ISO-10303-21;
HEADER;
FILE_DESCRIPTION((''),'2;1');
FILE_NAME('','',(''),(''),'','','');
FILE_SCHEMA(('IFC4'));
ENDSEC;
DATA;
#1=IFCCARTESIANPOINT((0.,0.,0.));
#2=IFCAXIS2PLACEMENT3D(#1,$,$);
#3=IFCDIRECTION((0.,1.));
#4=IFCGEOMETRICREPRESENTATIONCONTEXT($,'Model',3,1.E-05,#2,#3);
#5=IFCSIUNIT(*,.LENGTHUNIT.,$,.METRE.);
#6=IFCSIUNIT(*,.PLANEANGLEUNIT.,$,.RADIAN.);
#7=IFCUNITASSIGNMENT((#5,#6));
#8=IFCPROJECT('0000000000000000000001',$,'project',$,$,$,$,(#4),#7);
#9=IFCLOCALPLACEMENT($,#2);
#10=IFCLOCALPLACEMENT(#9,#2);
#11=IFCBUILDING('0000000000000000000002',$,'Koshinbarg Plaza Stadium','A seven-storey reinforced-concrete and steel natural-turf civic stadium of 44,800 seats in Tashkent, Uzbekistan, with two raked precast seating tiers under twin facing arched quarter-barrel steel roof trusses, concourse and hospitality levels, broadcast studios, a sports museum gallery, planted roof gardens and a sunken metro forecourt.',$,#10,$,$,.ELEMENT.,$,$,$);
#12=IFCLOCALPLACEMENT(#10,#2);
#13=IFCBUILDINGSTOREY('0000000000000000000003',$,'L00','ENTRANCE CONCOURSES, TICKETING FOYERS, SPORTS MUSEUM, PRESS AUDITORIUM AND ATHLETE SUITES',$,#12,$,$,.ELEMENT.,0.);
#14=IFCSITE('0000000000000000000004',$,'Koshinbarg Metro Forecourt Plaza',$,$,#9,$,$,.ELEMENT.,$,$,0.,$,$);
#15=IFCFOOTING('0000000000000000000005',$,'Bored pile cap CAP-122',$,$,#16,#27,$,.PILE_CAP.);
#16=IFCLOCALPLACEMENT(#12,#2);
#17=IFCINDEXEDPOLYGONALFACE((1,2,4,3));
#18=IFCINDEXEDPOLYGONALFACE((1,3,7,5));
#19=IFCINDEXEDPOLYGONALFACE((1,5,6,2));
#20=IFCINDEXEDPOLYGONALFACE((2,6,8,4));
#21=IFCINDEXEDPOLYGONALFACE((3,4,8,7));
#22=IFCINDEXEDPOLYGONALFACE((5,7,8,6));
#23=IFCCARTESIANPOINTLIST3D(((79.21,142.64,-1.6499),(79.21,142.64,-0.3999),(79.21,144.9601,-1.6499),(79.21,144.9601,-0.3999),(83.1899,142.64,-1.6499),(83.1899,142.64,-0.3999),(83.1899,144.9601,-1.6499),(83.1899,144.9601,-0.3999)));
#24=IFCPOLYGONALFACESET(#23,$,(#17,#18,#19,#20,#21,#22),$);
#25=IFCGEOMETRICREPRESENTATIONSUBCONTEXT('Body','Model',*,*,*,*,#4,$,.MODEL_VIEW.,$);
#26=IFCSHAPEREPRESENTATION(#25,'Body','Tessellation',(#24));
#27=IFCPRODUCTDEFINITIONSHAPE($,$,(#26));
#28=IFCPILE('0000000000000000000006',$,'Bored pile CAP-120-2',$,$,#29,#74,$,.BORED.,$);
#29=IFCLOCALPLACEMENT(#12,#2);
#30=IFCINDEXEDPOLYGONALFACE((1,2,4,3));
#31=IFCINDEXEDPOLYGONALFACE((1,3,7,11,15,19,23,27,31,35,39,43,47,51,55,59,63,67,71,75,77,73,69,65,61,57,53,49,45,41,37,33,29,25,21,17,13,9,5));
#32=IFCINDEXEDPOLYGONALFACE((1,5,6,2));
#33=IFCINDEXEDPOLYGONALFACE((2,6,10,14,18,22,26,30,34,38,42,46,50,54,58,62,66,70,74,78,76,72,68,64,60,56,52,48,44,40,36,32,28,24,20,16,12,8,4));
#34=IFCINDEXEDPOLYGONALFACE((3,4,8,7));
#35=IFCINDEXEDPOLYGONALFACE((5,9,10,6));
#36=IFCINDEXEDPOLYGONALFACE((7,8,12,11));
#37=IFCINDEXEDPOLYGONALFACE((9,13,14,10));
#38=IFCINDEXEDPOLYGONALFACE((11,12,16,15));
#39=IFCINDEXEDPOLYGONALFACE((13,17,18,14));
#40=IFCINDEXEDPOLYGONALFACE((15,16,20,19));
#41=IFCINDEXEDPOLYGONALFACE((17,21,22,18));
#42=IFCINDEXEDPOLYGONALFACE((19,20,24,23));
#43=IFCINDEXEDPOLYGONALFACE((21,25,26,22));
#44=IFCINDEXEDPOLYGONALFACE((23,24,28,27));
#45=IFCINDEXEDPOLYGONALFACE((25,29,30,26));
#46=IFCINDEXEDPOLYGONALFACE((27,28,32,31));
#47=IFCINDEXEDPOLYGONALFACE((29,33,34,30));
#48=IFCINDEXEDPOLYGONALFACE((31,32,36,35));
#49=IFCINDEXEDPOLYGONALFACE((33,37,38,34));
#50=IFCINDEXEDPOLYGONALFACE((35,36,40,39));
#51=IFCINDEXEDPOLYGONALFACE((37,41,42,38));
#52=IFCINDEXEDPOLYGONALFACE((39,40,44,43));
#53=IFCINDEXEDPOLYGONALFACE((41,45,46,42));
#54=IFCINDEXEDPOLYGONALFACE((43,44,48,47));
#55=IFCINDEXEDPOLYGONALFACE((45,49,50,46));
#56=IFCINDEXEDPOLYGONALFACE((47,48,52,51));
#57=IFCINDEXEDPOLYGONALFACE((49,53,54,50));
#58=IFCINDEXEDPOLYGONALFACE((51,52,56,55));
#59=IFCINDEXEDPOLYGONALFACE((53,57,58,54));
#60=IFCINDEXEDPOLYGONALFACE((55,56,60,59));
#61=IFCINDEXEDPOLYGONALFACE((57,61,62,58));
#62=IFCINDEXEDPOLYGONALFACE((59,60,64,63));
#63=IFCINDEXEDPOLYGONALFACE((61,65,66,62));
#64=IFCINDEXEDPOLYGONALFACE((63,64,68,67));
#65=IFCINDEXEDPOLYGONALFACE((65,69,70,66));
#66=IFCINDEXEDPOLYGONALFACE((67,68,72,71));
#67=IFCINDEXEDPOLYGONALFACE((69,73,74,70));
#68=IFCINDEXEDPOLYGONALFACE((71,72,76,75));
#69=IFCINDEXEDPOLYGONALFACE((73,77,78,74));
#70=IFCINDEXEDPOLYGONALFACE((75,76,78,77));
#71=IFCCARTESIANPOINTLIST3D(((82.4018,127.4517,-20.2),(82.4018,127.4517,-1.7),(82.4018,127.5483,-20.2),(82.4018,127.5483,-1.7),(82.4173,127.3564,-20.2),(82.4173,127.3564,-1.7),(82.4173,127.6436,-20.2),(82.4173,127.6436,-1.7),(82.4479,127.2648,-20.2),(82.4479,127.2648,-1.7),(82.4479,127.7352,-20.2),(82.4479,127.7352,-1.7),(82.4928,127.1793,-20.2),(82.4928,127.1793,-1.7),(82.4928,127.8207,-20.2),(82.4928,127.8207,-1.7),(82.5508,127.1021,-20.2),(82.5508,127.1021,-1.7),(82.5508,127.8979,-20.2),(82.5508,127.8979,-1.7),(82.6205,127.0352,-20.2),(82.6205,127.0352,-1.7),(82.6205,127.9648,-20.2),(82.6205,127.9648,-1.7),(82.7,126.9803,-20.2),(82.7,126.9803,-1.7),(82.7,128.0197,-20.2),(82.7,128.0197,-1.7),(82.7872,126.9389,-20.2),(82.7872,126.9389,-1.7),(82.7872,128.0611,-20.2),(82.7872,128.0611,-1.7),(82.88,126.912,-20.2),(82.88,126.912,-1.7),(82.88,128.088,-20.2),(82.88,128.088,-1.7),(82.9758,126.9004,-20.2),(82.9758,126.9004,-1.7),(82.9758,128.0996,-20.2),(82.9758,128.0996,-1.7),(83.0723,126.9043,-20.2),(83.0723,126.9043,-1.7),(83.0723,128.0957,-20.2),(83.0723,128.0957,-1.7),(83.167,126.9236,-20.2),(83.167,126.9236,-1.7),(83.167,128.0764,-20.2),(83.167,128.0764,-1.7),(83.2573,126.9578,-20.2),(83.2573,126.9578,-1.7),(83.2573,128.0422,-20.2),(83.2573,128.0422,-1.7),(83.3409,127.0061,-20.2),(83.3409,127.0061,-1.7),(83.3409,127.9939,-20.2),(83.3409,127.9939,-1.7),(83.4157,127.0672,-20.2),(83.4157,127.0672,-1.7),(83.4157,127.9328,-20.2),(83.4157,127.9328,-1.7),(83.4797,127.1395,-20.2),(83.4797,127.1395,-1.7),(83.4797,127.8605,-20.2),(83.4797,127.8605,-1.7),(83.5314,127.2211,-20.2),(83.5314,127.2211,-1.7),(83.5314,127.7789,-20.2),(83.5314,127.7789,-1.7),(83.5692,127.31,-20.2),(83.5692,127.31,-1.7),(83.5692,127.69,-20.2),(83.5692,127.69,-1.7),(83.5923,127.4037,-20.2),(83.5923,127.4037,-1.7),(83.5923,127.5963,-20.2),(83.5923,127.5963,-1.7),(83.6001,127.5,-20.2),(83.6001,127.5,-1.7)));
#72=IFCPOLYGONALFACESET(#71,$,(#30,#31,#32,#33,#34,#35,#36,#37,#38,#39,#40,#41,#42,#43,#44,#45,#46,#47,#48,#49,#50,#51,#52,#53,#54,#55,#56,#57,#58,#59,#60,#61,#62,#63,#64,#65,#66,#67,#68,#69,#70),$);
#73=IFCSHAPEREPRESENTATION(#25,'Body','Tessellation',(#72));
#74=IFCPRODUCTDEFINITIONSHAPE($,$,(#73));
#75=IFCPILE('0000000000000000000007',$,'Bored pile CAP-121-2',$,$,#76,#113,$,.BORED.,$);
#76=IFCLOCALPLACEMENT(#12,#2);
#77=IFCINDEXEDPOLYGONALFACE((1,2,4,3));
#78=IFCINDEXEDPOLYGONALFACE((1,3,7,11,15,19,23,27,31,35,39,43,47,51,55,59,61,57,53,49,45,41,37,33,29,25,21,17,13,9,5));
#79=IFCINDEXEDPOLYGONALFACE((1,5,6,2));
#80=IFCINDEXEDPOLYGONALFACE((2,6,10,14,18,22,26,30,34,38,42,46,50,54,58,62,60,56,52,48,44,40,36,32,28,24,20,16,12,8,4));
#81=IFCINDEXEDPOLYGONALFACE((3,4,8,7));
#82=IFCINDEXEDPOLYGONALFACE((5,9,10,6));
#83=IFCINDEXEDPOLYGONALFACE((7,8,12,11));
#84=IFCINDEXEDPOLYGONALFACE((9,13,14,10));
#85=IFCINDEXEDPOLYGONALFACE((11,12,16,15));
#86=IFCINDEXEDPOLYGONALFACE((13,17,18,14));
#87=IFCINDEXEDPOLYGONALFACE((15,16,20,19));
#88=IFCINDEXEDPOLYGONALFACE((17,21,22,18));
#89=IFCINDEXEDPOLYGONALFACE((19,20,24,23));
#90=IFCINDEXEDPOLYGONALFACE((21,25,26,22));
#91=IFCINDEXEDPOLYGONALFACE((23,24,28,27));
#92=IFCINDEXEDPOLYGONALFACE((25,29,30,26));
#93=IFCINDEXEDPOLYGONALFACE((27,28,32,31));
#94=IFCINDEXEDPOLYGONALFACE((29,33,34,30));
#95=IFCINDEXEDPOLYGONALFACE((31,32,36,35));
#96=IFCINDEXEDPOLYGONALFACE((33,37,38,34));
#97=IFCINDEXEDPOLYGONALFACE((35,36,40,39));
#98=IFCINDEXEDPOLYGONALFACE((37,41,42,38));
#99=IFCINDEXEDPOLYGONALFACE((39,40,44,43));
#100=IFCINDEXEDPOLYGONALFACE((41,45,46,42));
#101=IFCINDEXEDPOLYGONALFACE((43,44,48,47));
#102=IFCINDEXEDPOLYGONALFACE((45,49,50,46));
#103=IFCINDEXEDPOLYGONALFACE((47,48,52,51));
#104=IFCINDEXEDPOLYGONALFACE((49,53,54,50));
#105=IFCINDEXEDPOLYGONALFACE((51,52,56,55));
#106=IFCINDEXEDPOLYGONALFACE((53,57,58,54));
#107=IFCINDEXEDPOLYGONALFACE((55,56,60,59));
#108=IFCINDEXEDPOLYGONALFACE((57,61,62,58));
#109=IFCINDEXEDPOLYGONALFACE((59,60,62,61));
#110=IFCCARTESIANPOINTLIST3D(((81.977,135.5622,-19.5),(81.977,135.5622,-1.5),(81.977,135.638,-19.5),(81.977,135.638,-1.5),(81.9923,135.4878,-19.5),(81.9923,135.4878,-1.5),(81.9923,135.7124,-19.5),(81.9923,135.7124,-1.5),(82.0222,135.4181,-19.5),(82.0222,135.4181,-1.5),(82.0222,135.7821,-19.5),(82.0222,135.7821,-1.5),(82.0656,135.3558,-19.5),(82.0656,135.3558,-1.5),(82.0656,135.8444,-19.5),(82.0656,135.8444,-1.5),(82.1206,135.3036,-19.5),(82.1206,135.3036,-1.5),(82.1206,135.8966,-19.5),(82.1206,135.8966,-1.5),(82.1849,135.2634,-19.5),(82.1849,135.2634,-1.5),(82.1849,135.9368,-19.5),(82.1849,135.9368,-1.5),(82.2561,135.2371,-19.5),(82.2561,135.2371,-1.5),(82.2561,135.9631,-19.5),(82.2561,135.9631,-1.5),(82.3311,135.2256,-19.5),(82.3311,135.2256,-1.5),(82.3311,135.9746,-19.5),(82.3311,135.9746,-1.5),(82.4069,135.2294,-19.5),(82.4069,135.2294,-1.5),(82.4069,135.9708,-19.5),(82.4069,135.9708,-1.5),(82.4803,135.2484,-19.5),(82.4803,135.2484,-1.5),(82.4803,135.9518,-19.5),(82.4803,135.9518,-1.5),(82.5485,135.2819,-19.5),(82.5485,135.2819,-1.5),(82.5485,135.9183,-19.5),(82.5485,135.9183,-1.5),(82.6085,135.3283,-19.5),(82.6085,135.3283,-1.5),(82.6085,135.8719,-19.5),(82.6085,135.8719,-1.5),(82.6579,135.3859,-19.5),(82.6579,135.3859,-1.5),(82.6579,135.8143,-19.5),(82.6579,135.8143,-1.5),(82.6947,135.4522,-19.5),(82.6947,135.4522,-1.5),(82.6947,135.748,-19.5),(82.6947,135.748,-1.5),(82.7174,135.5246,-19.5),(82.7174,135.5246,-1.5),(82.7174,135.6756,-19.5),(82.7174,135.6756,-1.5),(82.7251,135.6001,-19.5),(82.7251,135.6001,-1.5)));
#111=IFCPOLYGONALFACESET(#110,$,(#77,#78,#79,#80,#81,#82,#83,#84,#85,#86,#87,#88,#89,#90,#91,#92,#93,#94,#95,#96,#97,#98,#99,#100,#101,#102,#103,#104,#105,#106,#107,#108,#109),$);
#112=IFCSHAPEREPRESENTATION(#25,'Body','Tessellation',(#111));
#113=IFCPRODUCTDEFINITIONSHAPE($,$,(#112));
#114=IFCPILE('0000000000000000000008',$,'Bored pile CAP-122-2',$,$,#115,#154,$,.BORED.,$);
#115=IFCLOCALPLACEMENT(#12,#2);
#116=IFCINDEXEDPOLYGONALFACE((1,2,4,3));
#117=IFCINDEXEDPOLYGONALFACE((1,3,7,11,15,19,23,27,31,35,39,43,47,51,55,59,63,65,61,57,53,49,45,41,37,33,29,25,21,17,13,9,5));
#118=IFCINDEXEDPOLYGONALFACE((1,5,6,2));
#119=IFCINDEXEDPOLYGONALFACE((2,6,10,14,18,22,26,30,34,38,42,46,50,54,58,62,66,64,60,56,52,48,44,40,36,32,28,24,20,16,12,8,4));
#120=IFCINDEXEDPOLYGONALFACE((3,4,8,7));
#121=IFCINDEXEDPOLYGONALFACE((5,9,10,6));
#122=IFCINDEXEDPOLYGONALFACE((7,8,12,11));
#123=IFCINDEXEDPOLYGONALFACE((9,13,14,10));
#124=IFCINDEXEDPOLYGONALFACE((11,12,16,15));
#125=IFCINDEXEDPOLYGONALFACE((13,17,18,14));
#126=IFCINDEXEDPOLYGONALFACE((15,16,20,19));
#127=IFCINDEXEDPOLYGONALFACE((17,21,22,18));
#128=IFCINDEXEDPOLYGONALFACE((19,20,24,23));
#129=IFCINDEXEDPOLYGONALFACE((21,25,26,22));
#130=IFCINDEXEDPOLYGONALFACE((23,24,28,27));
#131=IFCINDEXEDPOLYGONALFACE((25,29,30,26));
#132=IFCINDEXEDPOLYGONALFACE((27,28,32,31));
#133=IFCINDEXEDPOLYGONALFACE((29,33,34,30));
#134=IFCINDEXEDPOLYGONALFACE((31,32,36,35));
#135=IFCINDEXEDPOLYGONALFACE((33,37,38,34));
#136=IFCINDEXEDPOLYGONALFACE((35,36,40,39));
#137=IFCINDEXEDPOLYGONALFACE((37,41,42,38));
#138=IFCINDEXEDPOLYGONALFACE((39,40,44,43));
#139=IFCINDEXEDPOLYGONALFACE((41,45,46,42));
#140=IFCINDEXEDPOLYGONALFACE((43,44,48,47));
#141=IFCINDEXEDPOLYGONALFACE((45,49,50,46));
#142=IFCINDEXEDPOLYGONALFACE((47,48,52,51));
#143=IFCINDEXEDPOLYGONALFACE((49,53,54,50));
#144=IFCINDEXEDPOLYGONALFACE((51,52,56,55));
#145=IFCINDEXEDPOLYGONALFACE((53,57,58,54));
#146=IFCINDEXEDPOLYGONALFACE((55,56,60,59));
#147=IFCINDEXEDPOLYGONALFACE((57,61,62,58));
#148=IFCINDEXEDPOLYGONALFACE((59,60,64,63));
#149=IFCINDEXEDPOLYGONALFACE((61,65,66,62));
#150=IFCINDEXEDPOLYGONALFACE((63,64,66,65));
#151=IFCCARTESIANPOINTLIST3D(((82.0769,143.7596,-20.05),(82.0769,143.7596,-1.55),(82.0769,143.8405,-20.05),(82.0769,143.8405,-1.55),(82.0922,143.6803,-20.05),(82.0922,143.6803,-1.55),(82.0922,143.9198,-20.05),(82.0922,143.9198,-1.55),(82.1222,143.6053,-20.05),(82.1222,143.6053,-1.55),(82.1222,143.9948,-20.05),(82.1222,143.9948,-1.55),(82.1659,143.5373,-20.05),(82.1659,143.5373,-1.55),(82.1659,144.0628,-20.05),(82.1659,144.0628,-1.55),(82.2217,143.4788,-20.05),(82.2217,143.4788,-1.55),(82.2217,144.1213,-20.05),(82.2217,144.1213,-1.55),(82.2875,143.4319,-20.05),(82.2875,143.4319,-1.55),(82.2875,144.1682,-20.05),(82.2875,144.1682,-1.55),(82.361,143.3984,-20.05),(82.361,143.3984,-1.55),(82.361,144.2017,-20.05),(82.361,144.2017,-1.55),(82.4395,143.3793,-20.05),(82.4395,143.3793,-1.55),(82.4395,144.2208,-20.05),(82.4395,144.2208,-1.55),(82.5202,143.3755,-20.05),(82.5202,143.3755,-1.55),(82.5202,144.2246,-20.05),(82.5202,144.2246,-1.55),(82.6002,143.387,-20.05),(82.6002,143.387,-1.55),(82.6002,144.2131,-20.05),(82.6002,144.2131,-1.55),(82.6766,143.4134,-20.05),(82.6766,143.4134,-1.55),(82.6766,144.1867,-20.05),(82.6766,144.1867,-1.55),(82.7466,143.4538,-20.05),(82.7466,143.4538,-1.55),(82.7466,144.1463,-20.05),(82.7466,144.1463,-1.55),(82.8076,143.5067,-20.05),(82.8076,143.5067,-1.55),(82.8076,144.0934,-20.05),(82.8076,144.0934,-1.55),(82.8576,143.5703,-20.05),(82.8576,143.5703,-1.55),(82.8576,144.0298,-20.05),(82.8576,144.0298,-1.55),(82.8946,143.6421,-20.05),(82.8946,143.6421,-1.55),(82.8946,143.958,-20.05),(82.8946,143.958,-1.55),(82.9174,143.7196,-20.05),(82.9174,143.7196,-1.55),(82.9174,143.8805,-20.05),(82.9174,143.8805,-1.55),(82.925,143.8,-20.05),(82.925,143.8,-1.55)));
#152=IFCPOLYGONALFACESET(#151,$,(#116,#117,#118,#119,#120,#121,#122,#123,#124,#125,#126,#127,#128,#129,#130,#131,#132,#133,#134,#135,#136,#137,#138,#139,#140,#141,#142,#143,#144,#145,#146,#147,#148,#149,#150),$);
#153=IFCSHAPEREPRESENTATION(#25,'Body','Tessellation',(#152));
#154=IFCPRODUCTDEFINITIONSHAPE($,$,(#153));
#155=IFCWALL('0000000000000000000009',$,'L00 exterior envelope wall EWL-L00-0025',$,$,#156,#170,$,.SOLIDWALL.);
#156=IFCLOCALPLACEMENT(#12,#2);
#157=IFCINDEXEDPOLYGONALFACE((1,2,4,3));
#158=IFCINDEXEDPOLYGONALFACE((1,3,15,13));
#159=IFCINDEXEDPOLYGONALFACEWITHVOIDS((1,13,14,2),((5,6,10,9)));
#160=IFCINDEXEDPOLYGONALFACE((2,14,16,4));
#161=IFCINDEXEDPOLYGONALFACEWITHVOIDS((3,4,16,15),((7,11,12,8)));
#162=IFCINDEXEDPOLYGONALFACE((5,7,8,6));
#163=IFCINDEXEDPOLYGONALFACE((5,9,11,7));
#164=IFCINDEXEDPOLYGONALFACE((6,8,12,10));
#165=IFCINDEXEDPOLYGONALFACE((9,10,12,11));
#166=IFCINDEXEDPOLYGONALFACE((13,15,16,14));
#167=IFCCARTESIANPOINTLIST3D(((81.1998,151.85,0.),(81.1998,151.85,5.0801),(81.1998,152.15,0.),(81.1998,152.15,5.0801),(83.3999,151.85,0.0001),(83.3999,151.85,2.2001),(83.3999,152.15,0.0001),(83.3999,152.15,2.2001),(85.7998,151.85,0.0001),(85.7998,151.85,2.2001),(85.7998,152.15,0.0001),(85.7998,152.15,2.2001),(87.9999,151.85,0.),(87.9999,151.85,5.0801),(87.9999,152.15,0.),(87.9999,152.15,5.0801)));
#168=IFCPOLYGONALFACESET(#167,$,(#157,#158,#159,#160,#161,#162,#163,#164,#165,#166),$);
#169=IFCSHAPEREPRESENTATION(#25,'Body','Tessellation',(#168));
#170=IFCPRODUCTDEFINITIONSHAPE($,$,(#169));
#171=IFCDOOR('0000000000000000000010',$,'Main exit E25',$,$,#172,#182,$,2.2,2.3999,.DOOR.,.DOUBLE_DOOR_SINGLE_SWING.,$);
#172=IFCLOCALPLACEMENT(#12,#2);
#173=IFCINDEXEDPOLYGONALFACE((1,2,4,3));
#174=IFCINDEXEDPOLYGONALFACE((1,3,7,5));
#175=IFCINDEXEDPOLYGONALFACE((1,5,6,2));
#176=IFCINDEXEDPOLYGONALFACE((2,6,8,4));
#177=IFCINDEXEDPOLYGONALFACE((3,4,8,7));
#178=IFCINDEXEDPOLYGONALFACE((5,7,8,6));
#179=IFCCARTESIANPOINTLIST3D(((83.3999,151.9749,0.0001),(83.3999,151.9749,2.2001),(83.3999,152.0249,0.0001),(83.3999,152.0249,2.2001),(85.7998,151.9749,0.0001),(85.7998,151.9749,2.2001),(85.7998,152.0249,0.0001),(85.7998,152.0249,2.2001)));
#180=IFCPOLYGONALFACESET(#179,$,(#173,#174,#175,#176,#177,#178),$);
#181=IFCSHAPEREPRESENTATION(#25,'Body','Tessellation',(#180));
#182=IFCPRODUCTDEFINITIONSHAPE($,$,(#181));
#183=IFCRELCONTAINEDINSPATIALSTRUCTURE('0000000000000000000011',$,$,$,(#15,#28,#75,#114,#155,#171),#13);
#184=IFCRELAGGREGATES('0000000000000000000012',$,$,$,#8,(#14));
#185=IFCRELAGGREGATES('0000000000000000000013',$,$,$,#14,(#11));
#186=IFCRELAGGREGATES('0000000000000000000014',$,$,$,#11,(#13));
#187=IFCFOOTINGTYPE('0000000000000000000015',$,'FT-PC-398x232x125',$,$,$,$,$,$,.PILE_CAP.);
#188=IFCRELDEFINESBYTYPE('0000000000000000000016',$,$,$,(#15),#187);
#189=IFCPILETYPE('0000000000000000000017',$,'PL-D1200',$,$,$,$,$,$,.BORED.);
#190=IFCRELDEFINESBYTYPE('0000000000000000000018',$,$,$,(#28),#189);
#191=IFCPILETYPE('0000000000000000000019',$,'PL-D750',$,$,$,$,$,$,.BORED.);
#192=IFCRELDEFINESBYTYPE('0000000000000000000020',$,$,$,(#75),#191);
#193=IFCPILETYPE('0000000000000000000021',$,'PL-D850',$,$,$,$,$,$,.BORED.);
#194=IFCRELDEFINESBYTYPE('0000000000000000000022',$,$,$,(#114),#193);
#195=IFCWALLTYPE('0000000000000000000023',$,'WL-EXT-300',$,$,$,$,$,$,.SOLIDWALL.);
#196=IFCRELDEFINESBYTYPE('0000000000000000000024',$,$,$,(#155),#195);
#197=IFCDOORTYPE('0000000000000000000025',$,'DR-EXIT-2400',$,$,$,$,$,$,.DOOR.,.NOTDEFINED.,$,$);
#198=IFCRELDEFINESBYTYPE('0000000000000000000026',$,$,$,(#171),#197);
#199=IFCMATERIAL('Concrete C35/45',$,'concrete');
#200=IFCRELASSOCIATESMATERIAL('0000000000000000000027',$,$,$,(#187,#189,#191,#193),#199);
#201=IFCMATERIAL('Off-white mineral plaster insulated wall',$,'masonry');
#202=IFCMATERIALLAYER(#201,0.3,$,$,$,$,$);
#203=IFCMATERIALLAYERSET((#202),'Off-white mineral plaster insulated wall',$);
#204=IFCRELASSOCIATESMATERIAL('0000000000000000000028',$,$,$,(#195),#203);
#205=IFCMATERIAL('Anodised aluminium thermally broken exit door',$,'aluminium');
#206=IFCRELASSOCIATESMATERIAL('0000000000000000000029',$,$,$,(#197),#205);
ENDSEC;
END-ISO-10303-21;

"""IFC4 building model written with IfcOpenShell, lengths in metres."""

from ifc_helpers import new_model, si_unit, direction, frame, frame_2d, origin, origin_2d, place, context, subcontext, project, spatial, rectangle, circle, extrude, material, layer, layer_set, material_profile, profile_set, type_object, element, fill, save


model = new_model("IFC4")

# Units and contexts
model_context = context("Model", 3, precision=1e-05, world=origin(), true_north=direction((0.0, 1.0)))
body_context = subcontext(model_context, "Body", "Model", "MODEL_VIEW")
ifc_project = project(units=[si_unit("LENGTHUNIT", "METRE"), si_unit("PLANEANGLEUNIT", "RADIAN")], contexts=[model_context])

# Site, building, storey
site_placement = place(None, origin())
site = spatial("IfcSite", under=ifc_project, at=site_placement, Name="Koshinbarg Metro Forecourt Plaza", CompositionType="ELEMENT", RefElevation=0.0)
building_placement = place(site_placement, origin())
building = spatial("IfcBuilding", under=site, at=building_placement, Name="Koshinbarg Plaza Stadium", Description="A seven-storey reinforced-concrete and steel natural-turf civic stadium of 44,800 seats in Tashkent, Uzbekistan, with two raked precast seating tiers under twin facing arched quarter-barrel steel roof trusses, concourse and hospitality levels, broadcast studios, a sports museum gallery, planted roof gardens and a sunken metro forecourt.", CompositionType="ELEMENT")
storey_placement = place(building_placement, origin())
storey = spatial("IfcBuildingStorey", under=building, at=storey_placement, Name="L00", Description="ENTRANCE CONCOURSES, TICKETING FOYERS, SPORTS MUSEUM, PRESS AUDITORIUM AND ATHLETE SUITES", CompositionType="ELEMENT", Elevation=0.0)

# Footing
ifc_material_1 = material(Name="Concrete C35/45", Category="concrete")
footing_type = type_object("IfcFootingType", Name="FT-PC-398x232x125", PredefinedType="PILE_CAP", material=ifc_material_1)
footing_placement = place(storey_placement, frame((81.2, 143.8, -1.6499), z_axis=(0.0, 0.0, 1.0), x_axis=(1.0, 0.0, 0.0)))
element("IfcFooting", 1, at=footing_placement, inside=storey, type_object=footing_type, Name="Bored pile cap CAP-122", PredefinedType="PILE_CAP", context=body_context, shape_type="SweptSolid", body=[
    extrude(rectangle(XDim=3.98, YDim=2.3201, at=origin_2d()), origin(), (0.0, 0.0, 1.0), 1.25),
])

# Piles
ifc_material_profile_1 = material_profile(ifc_material_1, circle(Radius=0.6001, at=origin_2d()), Name="PILE D1200")
ifc_profile_set_1 = profile_set([ifc_material_profile_1], Name="Concrete C35/45")
pile_type_1 = type_object("IfcPileType", Name="PL-D1200", PredefinedType="BORED", material=ifc_profile_set_1)
pile_1_placement = place(storey_placement, frame((83.0, 127.5, -1.7), z_axis=(0.0, 0.0, -1.0), x_axis=(1.0, 0.0, 0.0)))
element("IfcPile", 2, at=pile_1_placement, inside=storey, type_object=pile_type_1, Name="Bored pile CAP-120-2", PredefinedType="BORED", context=body_context, shape_type="SweptSolid", body=[
    extrude(circle(Radius=0.6001, at=origin_2d()), origin(), (0.0, 0.0, 1.0), 18.5),
])
ifc_material_profile_2 = material_profile(ifc_material_1, circle(Radius=0.375, at=origin_2d()), Name="PILE D750")
ifc_profile_set_2 = profile_set([ifc_material_profile_2], Name="Concrete C35/45")
pile_type_2 = type_object("IfcPileType", Name="PL-D750", PredefinedType="BORED", material=ifc_profile_set_2)
pile_2_placement = place(storey_placement, frame((82.3501, 135.6001, -1.5), z_axis=(0.0, 0.0, -1.0), x_axis=(1.0, 0.0, 0.0)))
element("IfcPile", 3, at=pile_2_placement, inside=storey, type_object=pile_type_2, Name="Bored pile CAP-121-2", PredefinedType="BORED", context=body_context, shape_type="SweptSolid", body=[
    extrude(circle(Radius=0.375, at=origin_2d()), origin(), (0.0, 0.0, 1.0), 18.0),
])
ifc_material_profile_3 = material_profile(ifc_material_1, circle(Radius=0.425, at=origin_2d()), Name="PILE D850")
ifc_profile_set_3 = profile_set([ifc_material_profile_3], Name="Concrete C35/45")
pile_type_3 = type_object("IfcPileType", Name="PL-D850", PredefinedType="BORED", material=ifc_profile_set_3)
pile_3_placement = place(storey_placement, frame((82.5, 143.8, -1.55), z_axis=(0.0, 0.0, -1.0), x_axis=(1.0, 0.0, 0.0)))
element("IfcPile", 4, at=pile_3_placement, inside=storey, type_object=pile_type_3, Name="Bored pile CAP-122-2", PredefinedType="BORED", context=body_context, shape_type="SweptSolid", body=[
    extrude(circle(Radius=0.425, at=origin_2d()), origin(), (0.0, 0.0, 1.0), 18.5),
])

# Wall, opening, door
ifc_material_2 = material(Name="Off-white mineral plaster insulated wall", Category="masonry")
ifc_layer_1 = layer(ifc_material_2, 0.3)
ifc_layer_set_1 = layer_set([ifc_layer_1], Name="Off-white mineral plaster insulated wall")
wall_type_1 = type_object("IfcWallType", Name="WL-EXT-300", PredefinedType="SOLIDWALL", material=ifc_layer_set_1)
wall_1_placement = place(storey_placement, frame((81.2, 152.0, 0.0), z_axis=(0.0, 0.0, 1.0), x_axis=(1.0, 0.0, 0.0)))
wall_1 = element("IfcWall", 5, at=wall_1_placement, inside=storey, type_object=wall_type_1, Name="L00 exterior envelope wall EWL-L00-0025", PredefinedType="SOLIDWALL", context=body_context, shape_type="SweptSolid", body=[
    extrude(rectangle(XDim=6.8, YDim=0.3, at=frame_2d((3.3999, 0.0))), origin(), (0.0, 0.0, 1.0), 5.0801),
])
opening_1_placement = place(wall_1_placement, frame((2.2, 0.0, 0.0)))
opening_1 = element("IfcOpeningElement", 6, at=opening_1_placement, cuts=wall_1, PredefinedType="OPENING", context=body_context, shape_type="SweptSolid", body=[
    extrude(rectangle(XDim=2.3999, YDim=2.2, at=frame_2d((1.2, 1.1001))), frame((0.0, 0.1599, 0.0), z_axis=(0.0, -1.0, 0.0), x_axis=(1.0, 0.0, 0.0)), (0.0, 0.0, 1.0), 0.3201),
])
ifc_material_3 = material(Name="Anodised aluminium thermally broken exit door", Category="aluminium")
door_type_1 = type_object("IfcDoorType", Name="DR-EXIT-2400", OperationType="NOTDEFINED", PredefinedType="DOOR", material=ifc_material_3)
door_1_placement = place(opening_1_placement, origin())
door_1 = element("IfcDoor", 7, at=door_1_placement, inside=storey, type_object=door_type_1, Name="Main exit E25", OperationType="DOUBLE_DOOR_SINGLE_SWING", OverallHeight=2.2, OverallWidth=2.3999, PredefinedType="DOOR", context=body_context, shape_type="SweptSolid", body=[
    extrude(rectangle(XDim=2.3999, YDim=2.2, at=frame_2d((1.2, 1.1001))), frame((0.0, 0.0249, 0.0), z_axis=(0.0, -1.0, 0.0), x_axis=(1.0, 0.0, 0.0)), (0.0, 0.0, 1.0), 0.05),
])
fill(opening_1, door_1)

save(model, "model.ifc")
